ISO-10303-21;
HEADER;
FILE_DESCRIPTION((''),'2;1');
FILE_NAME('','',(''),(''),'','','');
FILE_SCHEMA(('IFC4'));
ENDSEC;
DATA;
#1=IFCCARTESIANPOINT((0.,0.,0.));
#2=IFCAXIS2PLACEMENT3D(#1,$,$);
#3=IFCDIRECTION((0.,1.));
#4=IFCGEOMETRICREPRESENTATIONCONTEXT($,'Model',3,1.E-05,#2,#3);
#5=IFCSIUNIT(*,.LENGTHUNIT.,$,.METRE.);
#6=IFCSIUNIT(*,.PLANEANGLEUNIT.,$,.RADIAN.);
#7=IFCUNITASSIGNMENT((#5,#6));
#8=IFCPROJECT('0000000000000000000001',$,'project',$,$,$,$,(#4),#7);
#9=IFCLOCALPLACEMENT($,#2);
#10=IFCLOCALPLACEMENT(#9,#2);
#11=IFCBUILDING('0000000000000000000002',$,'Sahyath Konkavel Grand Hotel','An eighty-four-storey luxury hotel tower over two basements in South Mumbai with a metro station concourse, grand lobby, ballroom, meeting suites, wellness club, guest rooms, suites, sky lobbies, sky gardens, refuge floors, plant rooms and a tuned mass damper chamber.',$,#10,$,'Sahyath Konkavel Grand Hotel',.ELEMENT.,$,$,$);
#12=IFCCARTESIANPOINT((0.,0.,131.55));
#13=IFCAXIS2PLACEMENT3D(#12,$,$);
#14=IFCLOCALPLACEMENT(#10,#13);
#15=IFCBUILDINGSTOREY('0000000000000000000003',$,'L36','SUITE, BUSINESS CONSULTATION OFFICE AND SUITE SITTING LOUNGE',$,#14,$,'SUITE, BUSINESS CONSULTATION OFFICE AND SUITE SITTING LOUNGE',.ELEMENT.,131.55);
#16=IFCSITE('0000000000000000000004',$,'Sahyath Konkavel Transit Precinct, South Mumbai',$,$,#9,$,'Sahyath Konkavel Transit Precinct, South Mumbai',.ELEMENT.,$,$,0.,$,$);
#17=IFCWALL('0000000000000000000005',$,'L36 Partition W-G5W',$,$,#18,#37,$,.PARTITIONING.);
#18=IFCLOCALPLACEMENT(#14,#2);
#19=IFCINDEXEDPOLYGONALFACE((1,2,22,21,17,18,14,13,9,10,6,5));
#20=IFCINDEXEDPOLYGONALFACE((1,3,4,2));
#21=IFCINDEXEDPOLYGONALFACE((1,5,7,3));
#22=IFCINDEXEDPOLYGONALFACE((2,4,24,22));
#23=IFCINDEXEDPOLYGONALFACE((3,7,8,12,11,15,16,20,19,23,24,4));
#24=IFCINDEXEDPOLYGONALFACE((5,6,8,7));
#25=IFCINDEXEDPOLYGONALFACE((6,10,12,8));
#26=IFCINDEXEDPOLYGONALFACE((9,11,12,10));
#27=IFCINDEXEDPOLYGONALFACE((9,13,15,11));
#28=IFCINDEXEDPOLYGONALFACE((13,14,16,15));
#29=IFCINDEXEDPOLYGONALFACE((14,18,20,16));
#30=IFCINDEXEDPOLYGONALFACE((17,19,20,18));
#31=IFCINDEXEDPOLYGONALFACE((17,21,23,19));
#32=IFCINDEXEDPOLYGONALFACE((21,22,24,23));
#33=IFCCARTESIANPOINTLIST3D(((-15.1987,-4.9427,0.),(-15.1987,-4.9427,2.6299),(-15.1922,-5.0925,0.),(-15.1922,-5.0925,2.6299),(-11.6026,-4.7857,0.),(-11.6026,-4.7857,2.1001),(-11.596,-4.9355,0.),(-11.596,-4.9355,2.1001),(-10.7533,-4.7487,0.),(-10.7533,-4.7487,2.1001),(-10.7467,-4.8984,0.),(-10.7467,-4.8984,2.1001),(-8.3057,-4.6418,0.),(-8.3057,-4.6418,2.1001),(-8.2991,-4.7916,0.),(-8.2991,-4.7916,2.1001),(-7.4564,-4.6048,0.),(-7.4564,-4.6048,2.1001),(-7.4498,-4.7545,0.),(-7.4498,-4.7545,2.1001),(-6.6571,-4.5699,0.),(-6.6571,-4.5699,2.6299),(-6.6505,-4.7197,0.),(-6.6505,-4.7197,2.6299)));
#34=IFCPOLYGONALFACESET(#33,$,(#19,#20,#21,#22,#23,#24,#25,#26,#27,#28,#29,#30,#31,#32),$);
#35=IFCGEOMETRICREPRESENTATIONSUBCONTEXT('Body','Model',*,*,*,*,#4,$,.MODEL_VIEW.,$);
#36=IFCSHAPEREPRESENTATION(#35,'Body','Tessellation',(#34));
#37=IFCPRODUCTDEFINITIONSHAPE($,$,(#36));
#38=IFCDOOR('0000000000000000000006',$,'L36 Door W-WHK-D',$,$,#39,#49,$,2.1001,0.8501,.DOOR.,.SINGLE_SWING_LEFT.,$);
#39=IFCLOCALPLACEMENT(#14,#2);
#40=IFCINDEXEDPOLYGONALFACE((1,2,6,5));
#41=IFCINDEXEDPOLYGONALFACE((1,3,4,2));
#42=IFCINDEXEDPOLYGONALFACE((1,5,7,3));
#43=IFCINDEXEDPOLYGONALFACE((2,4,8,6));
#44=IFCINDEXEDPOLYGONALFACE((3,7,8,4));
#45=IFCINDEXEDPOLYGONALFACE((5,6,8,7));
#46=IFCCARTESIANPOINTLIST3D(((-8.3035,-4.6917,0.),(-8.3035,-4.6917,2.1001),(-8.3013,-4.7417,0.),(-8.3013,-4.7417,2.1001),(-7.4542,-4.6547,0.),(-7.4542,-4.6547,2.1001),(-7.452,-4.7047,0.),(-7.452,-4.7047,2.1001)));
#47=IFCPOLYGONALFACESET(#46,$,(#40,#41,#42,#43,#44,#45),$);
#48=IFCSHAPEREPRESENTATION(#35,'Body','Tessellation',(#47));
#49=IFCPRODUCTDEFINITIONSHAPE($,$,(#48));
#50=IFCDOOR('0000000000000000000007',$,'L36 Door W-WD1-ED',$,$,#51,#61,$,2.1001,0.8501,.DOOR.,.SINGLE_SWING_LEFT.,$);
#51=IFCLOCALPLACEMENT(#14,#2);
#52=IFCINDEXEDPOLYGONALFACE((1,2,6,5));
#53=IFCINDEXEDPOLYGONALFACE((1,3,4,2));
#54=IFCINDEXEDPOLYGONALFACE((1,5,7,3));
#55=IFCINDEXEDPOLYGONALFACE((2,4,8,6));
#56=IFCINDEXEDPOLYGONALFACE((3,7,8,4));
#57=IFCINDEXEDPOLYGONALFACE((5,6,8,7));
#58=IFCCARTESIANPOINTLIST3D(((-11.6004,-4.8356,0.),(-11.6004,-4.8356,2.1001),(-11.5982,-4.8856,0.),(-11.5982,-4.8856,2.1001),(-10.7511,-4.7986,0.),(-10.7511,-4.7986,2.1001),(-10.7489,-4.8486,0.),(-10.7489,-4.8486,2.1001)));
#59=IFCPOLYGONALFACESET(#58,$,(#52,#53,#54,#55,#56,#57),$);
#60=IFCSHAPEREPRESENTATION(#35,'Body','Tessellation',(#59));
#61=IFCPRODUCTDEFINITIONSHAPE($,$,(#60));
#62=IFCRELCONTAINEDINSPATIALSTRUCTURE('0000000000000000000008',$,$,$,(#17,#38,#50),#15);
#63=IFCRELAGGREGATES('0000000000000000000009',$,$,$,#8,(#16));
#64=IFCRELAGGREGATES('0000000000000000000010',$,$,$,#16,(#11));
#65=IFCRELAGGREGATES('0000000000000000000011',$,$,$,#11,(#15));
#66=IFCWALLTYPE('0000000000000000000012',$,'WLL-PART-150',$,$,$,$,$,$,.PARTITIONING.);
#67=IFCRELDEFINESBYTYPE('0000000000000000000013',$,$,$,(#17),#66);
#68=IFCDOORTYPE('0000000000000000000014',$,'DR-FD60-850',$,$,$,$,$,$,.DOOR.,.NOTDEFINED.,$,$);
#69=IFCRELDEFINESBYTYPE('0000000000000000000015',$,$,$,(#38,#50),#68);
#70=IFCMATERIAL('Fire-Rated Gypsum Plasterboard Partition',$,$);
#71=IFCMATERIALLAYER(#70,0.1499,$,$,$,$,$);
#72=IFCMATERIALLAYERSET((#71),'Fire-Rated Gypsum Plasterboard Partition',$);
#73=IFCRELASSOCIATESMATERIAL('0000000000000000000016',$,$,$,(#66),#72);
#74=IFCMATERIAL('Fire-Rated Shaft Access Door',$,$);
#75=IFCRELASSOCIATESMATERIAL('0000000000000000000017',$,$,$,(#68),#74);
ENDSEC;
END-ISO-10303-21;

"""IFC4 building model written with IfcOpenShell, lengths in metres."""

from ifc_helpers import new_model, si_unit, direction, frame, frame_2d, origin, origin_2d, place, context, subcontext, project, spatial, rectangle, extrude, source, transform, mapped, material, layer, layer_set, type_object, element, fill, save


model = new_model("IFC4")

# Units and contexts
model_context = context("Model", 3, precision=1e-05, world=origin(), true_north=direction((0.0, 1.0)))
body_context = subcontext(model_context, "Body", "Model", "MODEL_VIEW")
ifc_project = project(units=[si_unit("LENGTHUNIT", "METRE"), si_unit("PLANEANGLEUNIT", "RADIAN")], contexts=[model_context])

# Site, building, storey
site_placement = place(None, origin())
site = spatial("IfcSite", under=ifc_project, at=site_placement, Name="Sahyath Konkavel Transit Precinct, South Mumbai", LongName="Sahyath Konkavel Transit Precinct, South Mumbai", CompositionType="ELEMENT", RefElevation=0.0)
building_placement = place(site_placement, origin())
building = spatial("IfcBuilding", under=site, at=building_placement, Name="Sahyath Konkavel Grand Hotel", Description="An eighty-four-storey luxury hotel tower over two basements in South Mumbai with a metro station concourse, grand lobby, ballroom, meeting suites, wellness club, guest rooms, suites, sky lobbies, sky gardens, refuge floors, plant rooms and a tuned mass damper chamber.", LongName="Sahyath Konkavel Grand Hotel", CompositionType="ELEMENT")
storey_placement = place(building_placement, frame((0.0, 0.0, 131.55)))
storey = spatial("IfcBuildingStorey", under=building, at=storey_placement, Name="L36", Description="SUITE, BUSINESS CONSULTATION OFFICE AND SUITE SITTING LOUNGE", LongName="SUITE, BUSINESS CONSULTATION OFFICE AND SUITE SITTING LOUNGE", CompositionType="ELEMENT", Elevation=131.55)

# Shared definitions
ifc_material_1 = material(Name="Fire-Rated Gypsum Plasterboard Partition")
ifc_layer_1 = layer(ifc_material_1, 0.1499)
ifc_layer_set_1 = layer_set([ifc_layer_1], Name="Fire-Rated Gypsum Plasterboard Partition")
wall_type_1 = type_object("IfcWallType", Name="WLL-PART-150", PredefinedType="PARTITIONING", material=ifc_layer_set_1)

# Wall, openings, doors
wall_1_placement = place(storey_placement, frame((-6.6538, -4.6448, 0.0), z_axis=(0.0, 0.0, 1.0), x_axis=(-0.999049, -0.043603, 0.0)))
wall_1 = element("IfcWall", 1, at=wall_1_placement, inside=storey, type_object=wall_type_1, Name="L36 Partition W-G5W", PredefinedType="PARTITIONING", context=body_context, shape_type="SweptSolid", body=[
    extrude(rectangle(XDim=8.5498, YDim=0.1499, at=frame_2d((4.2749, 0.0))), origin(), (0.0, 0.0, 1.0), 2.6299),
])
opening_1_placement = place(wall_1_placement, frame((0.8, 0.0, 0.0)))
opening_1 = element("IfcOpeningElement", 2, at=opening_1_placement, cuts=wall_1, PredefinedType="OPENING", context=body_context, shape_type="SweptSolid", body=[
    extrude(rectangle(XDim=0.8501, YDim=2.1001, at=frame_2d((0.425, 1.05))), frame((0.0, 0.085, 0.0), z_axis=(0.0, -1.0, 0.0), x_axis=(1.0, 0.0, 0.0)), (0.0, 0.0, 1.0), 0.1699),
])
opening_2_placement = place(wall_1_placement, frame((4.1001, 0.0, 0.0)))
opening_2 = element("IfcOpeningElement", 3, at=opening_2_placement, cuts=wall_1, PredefinedType="OPENING", context=body_context, shape_type="SweptSolid", body=[
    extrude(rectangle(XDim=0.8501, YDim=2.1001, at=frame_2d((0.425, 1.05))), frame((0.0, 0.085, 0.0), z_axis=(0.0, -1.0, 0.0), x_axis=(1.0, 0.0, 0.0)), (0.0, 0.0, 1.0), 0.1699),
])
ifc_material_2 = material(Name="Fire-Rated Shaft Access Door")
door_type_1 = type_object("IfcDoorType", Name="DR-FD60-850", OperationType="NOTDEFINED", PredefinedType="DOOR", material=ifc_material_2)
shared_shape_1 = source(origin(), body_context, "Body", "SweptSolid", [
    extrude(rectangle(XDim=0.8501, YDim=0.05, at=origin_2d()), origin(), (0.0, 0.0, 1.0), 2.1001),
])
door_1_placement = place(opening_1_placement, frame((0.425, 0.0, 0.0)))
door_1 = element("IfcDoor", 4, at=door_1_placement, inside=storey, type_object=door_type_1, Name="L36 Door W-WHK-D", OperationType="SINGLE_SWING_LEFT", OverallHeight=2.1001, OverallWidth=0.8501, PredefinedType="DOOR", context=body_context, shape_type="MappedRepresentation", body=[
    mapped(shared_shape_1, transform((0.0, 0.0, 0.0), scale=1.0)),
])
fill(opening_1, door_1)
door_2_placement = place(opening_2_placement, frame((0.425, 0.0, 0.0)))
door_2 = element("IfcDoor", 5, at=door_2_placement, inside=storey, type_object=door_type_1, Name="L36 Door W-WD1-ED", OperationType="SINGLE_SWING_LEFT", OverallHeight=2.1001, OverallWidth=0.8501, PredefinedType="DOOR", context=body_context, shape_type="MappedRepresentation", body=[
    mapped(shared_shape_1, transform((0.0, 0.0, 0.0), scale=1.0)),
])
fill(opening_2, door_2)

save(model, "model.ifc")
